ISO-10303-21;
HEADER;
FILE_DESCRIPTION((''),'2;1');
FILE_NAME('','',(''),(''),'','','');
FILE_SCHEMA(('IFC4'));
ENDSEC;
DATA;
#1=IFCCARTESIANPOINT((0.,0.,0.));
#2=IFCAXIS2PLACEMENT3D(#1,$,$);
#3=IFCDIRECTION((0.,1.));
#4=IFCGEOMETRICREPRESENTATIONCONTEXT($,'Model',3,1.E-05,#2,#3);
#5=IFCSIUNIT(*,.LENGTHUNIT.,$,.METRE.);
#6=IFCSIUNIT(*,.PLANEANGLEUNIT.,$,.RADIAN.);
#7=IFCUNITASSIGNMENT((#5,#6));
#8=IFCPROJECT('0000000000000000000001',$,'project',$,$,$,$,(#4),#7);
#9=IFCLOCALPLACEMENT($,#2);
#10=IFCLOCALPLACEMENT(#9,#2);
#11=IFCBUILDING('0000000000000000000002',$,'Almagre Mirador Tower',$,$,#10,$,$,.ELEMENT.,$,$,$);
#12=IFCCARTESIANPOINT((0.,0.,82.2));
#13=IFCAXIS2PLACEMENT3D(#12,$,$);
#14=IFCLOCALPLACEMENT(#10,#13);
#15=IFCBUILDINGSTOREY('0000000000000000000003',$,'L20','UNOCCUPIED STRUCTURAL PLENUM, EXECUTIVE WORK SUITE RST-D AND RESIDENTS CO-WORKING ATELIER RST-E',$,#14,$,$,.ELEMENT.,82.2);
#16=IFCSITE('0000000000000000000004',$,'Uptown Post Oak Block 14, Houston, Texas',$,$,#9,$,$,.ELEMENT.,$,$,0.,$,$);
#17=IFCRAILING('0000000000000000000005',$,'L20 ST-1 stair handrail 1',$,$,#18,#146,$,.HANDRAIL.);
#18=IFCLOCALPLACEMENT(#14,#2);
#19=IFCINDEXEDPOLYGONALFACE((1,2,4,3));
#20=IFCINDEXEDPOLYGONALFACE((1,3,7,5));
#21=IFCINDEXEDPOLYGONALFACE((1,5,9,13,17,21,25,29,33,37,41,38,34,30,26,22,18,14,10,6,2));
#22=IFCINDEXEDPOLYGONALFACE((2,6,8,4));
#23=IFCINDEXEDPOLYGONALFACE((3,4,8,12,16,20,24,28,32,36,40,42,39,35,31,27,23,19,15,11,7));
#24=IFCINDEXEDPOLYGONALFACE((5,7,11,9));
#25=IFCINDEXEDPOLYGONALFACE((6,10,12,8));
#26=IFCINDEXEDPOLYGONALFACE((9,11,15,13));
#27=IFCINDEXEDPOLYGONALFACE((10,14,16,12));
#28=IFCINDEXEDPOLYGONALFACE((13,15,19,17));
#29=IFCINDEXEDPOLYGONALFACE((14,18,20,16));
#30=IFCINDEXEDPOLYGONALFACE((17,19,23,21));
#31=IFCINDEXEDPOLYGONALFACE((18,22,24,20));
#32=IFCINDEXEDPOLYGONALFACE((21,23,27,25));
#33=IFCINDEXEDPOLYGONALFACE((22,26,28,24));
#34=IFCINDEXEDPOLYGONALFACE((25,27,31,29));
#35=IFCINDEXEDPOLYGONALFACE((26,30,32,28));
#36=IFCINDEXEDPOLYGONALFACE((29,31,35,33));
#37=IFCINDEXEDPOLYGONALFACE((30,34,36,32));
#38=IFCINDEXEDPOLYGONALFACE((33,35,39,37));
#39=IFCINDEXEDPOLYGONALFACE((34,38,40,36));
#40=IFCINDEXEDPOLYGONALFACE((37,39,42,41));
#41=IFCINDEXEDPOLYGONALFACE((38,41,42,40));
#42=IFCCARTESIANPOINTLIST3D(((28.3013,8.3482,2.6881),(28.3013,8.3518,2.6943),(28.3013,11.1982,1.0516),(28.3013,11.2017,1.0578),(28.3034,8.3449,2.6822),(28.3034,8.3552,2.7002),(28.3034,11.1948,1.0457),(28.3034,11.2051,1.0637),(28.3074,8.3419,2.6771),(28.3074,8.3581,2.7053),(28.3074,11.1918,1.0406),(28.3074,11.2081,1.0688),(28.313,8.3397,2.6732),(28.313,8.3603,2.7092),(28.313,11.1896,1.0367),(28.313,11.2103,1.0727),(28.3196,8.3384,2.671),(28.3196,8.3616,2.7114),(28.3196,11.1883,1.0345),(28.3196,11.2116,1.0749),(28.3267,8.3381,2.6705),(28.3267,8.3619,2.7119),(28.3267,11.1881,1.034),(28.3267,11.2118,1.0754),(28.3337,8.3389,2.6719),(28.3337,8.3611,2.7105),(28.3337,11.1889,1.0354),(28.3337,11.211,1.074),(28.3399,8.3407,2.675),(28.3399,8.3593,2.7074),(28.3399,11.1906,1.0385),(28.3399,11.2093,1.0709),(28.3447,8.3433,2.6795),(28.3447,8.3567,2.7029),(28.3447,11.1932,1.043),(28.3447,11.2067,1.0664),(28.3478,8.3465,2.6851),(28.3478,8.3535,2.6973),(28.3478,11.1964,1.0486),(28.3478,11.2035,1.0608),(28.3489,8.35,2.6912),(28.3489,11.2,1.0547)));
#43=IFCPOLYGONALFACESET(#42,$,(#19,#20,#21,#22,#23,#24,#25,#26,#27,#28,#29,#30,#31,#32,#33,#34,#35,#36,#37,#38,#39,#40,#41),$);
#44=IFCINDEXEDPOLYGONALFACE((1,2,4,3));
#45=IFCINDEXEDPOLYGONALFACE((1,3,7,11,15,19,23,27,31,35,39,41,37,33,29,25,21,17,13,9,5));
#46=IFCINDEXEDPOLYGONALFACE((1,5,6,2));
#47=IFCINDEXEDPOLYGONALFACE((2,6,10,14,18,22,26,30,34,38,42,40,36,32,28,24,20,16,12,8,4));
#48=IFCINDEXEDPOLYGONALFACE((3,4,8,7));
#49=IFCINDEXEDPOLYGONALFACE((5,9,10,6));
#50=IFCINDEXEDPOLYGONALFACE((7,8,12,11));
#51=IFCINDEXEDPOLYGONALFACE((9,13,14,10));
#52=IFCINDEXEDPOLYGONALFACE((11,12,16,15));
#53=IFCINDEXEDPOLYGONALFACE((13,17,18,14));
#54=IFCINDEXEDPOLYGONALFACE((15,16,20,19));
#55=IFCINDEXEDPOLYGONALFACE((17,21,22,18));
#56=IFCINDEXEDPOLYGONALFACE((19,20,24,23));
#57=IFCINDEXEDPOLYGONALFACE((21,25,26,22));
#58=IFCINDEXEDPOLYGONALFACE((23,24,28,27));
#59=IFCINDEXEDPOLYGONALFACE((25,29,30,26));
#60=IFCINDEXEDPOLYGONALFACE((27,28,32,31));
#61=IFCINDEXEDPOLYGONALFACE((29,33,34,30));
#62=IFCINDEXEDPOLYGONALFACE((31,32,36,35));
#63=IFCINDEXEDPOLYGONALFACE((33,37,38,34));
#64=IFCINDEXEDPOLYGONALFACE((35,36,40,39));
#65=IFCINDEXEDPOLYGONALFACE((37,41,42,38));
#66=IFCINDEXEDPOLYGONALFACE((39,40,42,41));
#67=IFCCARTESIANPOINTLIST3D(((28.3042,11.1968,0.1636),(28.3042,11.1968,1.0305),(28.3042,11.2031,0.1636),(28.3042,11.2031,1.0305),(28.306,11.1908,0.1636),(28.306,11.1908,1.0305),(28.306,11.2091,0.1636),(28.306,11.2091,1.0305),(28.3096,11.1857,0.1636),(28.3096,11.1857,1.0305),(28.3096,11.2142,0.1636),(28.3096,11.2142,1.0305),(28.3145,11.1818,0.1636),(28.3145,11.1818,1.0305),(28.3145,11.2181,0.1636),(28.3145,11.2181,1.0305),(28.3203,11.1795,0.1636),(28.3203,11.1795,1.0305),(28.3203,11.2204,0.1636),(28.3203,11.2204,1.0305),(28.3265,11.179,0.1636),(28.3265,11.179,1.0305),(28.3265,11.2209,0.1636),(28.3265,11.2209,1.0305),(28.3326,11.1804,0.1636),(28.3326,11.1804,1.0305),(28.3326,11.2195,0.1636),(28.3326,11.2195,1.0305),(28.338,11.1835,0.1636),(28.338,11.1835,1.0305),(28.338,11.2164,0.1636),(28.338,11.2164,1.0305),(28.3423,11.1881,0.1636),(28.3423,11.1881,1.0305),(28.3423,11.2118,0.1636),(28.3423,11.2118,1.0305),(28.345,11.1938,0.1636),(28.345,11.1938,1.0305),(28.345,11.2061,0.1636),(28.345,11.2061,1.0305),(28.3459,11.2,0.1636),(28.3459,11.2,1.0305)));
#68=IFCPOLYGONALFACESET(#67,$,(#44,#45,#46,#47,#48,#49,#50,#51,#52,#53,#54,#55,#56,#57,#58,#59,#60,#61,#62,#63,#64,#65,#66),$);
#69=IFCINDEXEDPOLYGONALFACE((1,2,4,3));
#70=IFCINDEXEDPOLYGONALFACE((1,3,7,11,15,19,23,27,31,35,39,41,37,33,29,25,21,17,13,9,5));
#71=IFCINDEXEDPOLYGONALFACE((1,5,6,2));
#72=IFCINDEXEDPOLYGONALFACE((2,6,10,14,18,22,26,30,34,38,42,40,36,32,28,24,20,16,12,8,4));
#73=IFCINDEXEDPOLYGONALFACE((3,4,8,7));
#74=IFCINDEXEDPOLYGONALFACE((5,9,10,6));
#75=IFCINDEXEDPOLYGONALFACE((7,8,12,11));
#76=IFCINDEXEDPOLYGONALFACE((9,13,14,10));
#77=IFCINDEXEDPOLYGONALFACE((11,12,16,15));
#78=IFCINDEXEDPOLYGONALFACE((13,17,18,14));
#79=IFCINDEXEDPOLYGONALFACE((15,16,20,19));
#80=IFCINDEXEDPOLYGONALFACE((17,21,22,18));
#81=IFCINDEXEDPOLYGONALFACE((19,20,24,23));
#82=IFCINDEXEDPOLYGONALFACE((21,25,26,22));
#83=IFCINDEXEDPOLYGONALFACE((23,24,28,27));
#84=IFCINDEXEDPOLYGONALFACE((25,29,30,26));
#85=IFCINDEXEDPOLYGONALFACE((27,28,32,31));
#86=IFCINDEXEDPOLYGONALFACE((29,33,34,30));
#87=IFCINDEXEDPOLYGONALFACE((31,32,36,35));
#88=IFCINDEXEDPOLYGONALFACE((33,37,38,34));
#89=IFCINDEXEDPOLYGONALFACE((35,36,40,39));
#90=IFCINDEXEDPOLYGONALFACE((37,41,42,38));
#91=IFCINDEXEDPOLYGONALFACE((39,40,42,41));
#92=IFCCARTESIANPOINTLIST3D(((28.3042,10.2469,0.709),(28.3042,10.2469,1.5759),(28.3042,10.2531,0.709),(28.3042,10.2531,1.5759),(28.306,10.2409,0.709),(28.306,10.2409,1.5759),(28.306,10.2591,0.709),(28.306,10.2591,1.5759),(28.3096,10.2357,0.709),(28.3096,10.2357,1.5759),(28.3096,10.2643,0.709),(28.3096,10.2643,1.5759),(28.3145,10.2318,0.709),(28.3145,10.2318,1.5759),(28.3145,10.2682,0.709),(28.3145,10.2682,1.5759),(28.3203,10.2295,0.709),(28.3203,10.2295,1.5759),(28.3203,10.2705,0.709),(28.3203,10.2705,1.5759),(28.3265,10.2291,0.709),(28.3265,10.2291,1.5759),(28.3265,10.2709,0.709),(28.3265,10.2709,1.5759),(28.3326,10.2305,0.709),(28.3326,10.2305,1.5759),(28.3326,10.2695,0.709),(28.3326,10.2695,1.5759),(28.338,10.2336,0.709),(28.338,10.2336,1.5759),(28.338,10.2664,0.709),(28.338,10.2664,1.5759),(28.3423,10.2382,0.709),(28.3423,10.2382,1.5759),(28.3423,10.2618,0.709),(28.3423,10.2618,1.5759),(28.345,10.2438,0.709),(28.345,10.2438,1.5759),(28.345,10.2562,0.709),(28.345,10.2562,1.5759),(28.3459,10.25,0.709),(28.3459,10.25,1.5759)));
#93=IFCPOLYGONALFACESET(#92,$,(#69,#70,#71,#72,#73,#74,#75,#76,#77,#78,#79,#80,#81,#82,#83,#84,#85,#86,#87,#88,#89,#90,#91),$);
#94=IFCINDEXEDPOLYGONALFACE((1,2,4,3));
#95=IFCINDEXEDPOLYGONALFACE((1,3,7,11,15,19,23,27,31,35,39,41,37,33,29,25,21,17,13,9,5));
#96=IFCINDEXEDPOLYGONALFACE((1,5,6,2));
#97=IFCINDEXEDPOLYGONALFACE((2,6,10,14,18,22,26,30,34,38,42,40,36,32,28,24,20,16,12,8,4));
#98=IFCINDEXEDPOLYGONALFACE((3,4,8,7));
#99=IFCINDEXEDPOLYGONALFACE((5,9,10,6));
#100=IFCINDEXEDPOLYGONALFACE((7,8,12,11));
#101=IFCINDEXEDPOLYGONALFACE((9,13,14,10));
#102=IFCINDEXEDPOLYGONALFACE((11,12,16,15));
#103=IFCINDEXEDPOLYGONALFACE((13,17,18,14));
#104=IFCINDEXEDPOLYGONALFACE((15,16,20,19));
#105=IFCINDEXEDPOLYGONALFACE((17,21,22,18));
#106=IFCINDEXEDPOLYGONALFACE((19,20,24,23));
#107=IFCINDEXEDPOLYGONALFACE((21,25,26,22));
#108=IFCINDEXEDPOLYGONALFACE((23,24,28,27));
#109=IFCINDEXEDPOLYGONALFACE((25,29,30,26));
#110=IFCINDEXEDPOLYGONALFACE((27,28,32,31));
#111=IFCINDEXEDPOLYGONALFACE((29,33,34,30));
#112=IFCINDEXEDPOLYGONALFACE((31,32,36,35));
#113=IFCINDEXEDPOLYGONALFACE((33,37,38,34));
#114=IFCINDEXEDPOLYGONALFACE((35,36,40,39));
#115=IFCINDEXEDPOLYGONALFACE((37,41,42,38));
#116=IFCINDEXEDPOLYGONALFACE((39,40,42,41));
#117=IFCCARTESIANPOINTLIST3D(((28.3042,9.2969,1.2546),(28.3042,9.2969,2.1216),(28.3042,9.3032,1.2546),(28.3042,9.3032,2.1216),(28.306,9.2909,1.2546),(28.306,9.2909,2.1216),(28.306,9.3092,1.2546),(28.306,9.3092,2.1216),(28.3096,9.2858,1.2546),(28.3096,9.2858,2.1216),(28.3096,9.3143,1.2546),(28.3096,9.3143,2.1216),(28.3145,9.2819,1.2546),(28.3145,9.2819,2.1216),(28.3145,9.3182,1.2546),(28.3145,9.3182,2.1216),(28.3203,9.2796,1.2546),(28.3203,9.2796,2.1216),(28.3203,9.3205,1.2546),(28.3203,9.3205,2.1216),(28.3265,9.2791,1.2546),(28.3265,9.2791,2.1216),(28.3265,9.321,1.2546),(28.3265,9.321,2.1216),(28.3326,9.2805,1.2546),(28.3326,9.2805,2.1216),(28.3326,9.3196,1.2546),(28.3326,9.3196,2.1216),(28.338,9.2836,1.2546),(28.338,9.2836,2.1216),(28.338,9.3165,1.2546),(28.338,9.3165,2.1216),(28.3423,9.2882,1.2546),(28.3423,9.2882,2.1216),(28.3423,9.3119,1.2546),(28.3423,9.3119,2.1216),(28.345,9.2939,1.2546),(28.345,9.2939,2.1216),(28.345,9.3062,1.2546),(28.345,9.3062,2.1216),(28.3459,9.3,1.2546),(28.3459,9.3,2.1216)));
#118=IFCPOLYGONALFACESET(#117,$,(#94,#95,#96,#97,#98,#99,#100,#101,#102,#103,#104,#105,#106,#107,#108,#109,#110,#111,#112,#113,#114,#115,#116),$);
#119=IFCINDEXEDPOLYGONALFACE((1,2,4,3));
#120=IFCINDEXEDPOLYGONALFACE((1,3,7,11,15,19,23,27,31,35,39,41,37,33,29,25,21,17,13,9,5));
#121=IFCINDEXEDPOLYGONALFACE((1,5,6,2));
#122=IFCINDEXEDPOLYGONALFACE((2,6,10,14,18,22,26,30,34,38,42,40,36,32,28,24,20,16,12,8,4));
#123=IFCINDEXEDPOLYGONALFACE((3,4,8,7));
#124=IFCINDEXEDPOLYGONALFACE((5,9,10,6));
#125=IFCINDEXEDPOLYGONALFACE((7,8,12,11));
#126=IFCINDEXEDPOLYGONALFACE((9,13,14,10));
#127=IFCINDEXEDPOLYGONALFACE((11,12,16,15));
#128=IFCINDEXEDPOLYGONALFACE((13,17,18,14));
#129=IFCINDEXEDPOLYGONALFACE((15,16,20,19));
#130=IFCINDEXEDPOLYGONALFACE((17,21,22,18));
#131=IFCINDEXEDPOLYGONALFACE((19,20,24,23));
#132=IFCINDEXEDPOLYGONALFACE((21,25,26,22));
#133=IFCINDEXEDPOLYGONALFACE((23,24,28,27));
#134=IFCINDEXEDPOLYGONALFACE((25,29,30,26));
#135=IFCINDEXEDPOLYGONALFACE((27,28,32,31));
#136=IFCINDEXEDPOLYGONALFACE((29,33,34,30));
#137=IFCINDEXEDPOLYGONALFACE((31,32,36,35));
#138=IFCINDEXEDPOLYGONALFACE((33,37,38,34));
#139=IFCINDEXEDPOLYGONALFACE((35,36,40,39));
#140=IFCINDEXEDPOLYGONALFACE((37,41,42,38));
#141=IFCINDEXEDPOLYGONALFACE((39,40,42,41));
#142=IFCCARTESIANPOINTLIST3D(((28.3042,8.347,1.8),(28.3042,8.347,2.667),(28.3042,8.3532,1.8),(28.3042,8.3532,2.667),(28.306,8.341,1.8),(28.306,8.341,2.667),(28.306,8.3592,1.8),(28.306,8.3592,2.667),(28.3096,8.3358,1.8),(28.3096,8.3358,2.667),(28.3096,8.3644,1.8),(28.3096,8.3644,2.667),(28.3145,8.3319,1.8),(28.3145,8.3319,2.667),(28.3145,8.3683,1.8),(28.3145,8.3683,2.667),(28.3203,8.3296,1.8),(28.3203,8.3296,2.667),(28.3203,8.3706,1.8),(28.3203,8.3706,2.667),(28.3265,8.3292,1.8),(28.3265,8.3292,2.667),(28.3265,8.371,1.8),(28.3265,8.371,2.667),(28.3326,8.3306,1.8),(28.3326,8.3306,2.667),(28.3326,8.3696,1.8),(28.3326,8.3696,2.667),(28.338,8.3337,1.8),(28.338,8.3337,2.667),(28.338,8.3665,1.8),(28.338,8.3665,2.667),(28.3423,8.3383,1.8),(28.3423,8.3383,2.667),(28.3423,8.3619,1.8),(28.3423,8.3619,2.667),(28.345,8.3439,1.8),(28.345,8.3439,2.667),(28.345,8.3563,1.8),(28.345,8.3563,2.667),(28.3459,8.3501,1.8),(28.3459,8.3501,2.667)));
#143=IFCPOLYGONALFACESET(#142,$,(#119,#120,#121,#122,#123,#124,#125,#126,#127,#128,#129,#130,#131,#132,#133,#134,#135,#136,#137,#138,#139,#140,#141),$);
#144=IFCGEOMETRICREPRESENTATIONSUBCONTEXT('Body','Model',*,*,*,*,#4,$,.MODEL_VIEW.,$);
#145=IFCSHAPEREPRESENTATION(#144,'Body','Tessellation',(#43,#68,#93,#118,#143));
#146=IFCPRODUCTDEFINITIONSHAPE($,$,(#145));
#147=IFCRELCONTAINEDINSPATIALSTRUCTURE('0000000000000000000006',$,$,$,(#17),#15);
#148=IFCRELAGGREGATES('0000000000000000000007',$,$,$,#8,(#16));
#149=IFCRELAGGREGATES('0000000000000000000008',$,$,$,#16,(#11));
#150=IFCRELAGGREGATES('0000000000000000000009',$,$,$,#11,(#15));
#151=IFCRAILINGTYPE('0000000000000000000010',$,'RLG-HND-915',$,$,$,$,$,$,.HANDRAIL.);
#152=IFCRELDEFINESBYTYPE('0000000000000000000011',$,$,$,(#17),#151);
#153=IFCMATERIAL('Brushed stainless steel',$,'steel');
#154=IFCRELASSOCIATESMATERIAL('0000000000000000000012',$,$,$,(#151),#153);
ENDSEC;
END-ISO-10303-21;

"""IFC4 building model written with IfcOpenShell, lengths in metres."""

from ifc_helpers import new_model, si_unit, direction, frame, origin, origin_2d, place, context, subcontext, project, spatial, circle, extrude, material, type_object, element, save


model = new_model("IFC4")

# Units and contexts
model_context = context("Model", 3, precision=1e-05, world=origin(), true_north=direction((0.0, 1.0)))
body_context = subcontext(model_context, "Body", "Model", "MODEL_VIEW")
ifc_project = project(units=[si_unit("LENGTHUNIT", "METRE"), si_unit("PLANEANGLEUNIT", "RADIAN")], contexts=[model_context])

# Site, building, storey
site_placement = place(None, origin())
site = spatial("IfcSite", under=ifc_project, at=site_placement, Name="Uptown Post Oak Block 14, Houston, Texas", CompositionType="ELEMENT", RefElevation=0.0)
building_placement = place(site_placement, origin())
building = spatial("IfcBuilding", under=site, at=building_placement, Name="Almagre Mirador Tower", CompositionType="ELEMENT")
storey_placement = place(building_placement, frame((0.0, 0.0, 82.2)))
storey = spatial("IfcBuildingStorey", under=building, at=storey_placement, Name="L20", Description="UNOCCUPIED STRUCTURAL PLENUM, EXECUTIVE WORK SUITE RST-D AND RESIDENTS CO-WORKING ATELIER RST-E", CompositionType="ELEMENT", Elevation=82.2)

# Railing
ifc_material_1 = material(Name="Brushed stainless steel", Category="steel")
railing_type_1 = type_object("IfcRailingType", Name="RLG-HND-915", PredefinedType="HANDRAIL", material=ifc_material_1)
railing_1_placement = place(storey_placement, frame((28.325, 11.2, 0.1636)))
element("IfcRailing", 1, at=railing_1_placement, inside=storey, type_object=railing_type_1, Name="L20 ST-1 stair handrail 1", PredefinedType="HANDRAIL", context=body_context, shape_type="SweptSolid", body=[
    extrude(circle(Radius=0.0239, at=origin_2d()), frame((0.0, 0.0, 0.8911), z_axis=(0.0, -0.867194, 0.49797), x_axis=(1.0, 0.0, 0.0)), (0.0, 0.0, 1.0), 3.2864),
    extrude(circle(Radius=0.021, at=origin_2d()), origin(), (0.0, 0.0, 1.0), 0.8669),
    extrude(circle(Radius=0.021, at=origin_2d()), frame((0.0, -0.95, 0.5454)), (0.0, 0.0, 1.0), 0.8669),
    extrude(circle(Radius=0.021, at=origin_2d()), frame((0.0, -1.8999, 1.0911)), (0.0, 0.0, 1.0), 0.8669),
    extrude(circle(Radius=0.021, at=origin_2d()), frame((0.0, -2.8499, 1.6365)), (0.0, 0.0, 1.0), 0.8669),
])

save(model, "model.ifc")
